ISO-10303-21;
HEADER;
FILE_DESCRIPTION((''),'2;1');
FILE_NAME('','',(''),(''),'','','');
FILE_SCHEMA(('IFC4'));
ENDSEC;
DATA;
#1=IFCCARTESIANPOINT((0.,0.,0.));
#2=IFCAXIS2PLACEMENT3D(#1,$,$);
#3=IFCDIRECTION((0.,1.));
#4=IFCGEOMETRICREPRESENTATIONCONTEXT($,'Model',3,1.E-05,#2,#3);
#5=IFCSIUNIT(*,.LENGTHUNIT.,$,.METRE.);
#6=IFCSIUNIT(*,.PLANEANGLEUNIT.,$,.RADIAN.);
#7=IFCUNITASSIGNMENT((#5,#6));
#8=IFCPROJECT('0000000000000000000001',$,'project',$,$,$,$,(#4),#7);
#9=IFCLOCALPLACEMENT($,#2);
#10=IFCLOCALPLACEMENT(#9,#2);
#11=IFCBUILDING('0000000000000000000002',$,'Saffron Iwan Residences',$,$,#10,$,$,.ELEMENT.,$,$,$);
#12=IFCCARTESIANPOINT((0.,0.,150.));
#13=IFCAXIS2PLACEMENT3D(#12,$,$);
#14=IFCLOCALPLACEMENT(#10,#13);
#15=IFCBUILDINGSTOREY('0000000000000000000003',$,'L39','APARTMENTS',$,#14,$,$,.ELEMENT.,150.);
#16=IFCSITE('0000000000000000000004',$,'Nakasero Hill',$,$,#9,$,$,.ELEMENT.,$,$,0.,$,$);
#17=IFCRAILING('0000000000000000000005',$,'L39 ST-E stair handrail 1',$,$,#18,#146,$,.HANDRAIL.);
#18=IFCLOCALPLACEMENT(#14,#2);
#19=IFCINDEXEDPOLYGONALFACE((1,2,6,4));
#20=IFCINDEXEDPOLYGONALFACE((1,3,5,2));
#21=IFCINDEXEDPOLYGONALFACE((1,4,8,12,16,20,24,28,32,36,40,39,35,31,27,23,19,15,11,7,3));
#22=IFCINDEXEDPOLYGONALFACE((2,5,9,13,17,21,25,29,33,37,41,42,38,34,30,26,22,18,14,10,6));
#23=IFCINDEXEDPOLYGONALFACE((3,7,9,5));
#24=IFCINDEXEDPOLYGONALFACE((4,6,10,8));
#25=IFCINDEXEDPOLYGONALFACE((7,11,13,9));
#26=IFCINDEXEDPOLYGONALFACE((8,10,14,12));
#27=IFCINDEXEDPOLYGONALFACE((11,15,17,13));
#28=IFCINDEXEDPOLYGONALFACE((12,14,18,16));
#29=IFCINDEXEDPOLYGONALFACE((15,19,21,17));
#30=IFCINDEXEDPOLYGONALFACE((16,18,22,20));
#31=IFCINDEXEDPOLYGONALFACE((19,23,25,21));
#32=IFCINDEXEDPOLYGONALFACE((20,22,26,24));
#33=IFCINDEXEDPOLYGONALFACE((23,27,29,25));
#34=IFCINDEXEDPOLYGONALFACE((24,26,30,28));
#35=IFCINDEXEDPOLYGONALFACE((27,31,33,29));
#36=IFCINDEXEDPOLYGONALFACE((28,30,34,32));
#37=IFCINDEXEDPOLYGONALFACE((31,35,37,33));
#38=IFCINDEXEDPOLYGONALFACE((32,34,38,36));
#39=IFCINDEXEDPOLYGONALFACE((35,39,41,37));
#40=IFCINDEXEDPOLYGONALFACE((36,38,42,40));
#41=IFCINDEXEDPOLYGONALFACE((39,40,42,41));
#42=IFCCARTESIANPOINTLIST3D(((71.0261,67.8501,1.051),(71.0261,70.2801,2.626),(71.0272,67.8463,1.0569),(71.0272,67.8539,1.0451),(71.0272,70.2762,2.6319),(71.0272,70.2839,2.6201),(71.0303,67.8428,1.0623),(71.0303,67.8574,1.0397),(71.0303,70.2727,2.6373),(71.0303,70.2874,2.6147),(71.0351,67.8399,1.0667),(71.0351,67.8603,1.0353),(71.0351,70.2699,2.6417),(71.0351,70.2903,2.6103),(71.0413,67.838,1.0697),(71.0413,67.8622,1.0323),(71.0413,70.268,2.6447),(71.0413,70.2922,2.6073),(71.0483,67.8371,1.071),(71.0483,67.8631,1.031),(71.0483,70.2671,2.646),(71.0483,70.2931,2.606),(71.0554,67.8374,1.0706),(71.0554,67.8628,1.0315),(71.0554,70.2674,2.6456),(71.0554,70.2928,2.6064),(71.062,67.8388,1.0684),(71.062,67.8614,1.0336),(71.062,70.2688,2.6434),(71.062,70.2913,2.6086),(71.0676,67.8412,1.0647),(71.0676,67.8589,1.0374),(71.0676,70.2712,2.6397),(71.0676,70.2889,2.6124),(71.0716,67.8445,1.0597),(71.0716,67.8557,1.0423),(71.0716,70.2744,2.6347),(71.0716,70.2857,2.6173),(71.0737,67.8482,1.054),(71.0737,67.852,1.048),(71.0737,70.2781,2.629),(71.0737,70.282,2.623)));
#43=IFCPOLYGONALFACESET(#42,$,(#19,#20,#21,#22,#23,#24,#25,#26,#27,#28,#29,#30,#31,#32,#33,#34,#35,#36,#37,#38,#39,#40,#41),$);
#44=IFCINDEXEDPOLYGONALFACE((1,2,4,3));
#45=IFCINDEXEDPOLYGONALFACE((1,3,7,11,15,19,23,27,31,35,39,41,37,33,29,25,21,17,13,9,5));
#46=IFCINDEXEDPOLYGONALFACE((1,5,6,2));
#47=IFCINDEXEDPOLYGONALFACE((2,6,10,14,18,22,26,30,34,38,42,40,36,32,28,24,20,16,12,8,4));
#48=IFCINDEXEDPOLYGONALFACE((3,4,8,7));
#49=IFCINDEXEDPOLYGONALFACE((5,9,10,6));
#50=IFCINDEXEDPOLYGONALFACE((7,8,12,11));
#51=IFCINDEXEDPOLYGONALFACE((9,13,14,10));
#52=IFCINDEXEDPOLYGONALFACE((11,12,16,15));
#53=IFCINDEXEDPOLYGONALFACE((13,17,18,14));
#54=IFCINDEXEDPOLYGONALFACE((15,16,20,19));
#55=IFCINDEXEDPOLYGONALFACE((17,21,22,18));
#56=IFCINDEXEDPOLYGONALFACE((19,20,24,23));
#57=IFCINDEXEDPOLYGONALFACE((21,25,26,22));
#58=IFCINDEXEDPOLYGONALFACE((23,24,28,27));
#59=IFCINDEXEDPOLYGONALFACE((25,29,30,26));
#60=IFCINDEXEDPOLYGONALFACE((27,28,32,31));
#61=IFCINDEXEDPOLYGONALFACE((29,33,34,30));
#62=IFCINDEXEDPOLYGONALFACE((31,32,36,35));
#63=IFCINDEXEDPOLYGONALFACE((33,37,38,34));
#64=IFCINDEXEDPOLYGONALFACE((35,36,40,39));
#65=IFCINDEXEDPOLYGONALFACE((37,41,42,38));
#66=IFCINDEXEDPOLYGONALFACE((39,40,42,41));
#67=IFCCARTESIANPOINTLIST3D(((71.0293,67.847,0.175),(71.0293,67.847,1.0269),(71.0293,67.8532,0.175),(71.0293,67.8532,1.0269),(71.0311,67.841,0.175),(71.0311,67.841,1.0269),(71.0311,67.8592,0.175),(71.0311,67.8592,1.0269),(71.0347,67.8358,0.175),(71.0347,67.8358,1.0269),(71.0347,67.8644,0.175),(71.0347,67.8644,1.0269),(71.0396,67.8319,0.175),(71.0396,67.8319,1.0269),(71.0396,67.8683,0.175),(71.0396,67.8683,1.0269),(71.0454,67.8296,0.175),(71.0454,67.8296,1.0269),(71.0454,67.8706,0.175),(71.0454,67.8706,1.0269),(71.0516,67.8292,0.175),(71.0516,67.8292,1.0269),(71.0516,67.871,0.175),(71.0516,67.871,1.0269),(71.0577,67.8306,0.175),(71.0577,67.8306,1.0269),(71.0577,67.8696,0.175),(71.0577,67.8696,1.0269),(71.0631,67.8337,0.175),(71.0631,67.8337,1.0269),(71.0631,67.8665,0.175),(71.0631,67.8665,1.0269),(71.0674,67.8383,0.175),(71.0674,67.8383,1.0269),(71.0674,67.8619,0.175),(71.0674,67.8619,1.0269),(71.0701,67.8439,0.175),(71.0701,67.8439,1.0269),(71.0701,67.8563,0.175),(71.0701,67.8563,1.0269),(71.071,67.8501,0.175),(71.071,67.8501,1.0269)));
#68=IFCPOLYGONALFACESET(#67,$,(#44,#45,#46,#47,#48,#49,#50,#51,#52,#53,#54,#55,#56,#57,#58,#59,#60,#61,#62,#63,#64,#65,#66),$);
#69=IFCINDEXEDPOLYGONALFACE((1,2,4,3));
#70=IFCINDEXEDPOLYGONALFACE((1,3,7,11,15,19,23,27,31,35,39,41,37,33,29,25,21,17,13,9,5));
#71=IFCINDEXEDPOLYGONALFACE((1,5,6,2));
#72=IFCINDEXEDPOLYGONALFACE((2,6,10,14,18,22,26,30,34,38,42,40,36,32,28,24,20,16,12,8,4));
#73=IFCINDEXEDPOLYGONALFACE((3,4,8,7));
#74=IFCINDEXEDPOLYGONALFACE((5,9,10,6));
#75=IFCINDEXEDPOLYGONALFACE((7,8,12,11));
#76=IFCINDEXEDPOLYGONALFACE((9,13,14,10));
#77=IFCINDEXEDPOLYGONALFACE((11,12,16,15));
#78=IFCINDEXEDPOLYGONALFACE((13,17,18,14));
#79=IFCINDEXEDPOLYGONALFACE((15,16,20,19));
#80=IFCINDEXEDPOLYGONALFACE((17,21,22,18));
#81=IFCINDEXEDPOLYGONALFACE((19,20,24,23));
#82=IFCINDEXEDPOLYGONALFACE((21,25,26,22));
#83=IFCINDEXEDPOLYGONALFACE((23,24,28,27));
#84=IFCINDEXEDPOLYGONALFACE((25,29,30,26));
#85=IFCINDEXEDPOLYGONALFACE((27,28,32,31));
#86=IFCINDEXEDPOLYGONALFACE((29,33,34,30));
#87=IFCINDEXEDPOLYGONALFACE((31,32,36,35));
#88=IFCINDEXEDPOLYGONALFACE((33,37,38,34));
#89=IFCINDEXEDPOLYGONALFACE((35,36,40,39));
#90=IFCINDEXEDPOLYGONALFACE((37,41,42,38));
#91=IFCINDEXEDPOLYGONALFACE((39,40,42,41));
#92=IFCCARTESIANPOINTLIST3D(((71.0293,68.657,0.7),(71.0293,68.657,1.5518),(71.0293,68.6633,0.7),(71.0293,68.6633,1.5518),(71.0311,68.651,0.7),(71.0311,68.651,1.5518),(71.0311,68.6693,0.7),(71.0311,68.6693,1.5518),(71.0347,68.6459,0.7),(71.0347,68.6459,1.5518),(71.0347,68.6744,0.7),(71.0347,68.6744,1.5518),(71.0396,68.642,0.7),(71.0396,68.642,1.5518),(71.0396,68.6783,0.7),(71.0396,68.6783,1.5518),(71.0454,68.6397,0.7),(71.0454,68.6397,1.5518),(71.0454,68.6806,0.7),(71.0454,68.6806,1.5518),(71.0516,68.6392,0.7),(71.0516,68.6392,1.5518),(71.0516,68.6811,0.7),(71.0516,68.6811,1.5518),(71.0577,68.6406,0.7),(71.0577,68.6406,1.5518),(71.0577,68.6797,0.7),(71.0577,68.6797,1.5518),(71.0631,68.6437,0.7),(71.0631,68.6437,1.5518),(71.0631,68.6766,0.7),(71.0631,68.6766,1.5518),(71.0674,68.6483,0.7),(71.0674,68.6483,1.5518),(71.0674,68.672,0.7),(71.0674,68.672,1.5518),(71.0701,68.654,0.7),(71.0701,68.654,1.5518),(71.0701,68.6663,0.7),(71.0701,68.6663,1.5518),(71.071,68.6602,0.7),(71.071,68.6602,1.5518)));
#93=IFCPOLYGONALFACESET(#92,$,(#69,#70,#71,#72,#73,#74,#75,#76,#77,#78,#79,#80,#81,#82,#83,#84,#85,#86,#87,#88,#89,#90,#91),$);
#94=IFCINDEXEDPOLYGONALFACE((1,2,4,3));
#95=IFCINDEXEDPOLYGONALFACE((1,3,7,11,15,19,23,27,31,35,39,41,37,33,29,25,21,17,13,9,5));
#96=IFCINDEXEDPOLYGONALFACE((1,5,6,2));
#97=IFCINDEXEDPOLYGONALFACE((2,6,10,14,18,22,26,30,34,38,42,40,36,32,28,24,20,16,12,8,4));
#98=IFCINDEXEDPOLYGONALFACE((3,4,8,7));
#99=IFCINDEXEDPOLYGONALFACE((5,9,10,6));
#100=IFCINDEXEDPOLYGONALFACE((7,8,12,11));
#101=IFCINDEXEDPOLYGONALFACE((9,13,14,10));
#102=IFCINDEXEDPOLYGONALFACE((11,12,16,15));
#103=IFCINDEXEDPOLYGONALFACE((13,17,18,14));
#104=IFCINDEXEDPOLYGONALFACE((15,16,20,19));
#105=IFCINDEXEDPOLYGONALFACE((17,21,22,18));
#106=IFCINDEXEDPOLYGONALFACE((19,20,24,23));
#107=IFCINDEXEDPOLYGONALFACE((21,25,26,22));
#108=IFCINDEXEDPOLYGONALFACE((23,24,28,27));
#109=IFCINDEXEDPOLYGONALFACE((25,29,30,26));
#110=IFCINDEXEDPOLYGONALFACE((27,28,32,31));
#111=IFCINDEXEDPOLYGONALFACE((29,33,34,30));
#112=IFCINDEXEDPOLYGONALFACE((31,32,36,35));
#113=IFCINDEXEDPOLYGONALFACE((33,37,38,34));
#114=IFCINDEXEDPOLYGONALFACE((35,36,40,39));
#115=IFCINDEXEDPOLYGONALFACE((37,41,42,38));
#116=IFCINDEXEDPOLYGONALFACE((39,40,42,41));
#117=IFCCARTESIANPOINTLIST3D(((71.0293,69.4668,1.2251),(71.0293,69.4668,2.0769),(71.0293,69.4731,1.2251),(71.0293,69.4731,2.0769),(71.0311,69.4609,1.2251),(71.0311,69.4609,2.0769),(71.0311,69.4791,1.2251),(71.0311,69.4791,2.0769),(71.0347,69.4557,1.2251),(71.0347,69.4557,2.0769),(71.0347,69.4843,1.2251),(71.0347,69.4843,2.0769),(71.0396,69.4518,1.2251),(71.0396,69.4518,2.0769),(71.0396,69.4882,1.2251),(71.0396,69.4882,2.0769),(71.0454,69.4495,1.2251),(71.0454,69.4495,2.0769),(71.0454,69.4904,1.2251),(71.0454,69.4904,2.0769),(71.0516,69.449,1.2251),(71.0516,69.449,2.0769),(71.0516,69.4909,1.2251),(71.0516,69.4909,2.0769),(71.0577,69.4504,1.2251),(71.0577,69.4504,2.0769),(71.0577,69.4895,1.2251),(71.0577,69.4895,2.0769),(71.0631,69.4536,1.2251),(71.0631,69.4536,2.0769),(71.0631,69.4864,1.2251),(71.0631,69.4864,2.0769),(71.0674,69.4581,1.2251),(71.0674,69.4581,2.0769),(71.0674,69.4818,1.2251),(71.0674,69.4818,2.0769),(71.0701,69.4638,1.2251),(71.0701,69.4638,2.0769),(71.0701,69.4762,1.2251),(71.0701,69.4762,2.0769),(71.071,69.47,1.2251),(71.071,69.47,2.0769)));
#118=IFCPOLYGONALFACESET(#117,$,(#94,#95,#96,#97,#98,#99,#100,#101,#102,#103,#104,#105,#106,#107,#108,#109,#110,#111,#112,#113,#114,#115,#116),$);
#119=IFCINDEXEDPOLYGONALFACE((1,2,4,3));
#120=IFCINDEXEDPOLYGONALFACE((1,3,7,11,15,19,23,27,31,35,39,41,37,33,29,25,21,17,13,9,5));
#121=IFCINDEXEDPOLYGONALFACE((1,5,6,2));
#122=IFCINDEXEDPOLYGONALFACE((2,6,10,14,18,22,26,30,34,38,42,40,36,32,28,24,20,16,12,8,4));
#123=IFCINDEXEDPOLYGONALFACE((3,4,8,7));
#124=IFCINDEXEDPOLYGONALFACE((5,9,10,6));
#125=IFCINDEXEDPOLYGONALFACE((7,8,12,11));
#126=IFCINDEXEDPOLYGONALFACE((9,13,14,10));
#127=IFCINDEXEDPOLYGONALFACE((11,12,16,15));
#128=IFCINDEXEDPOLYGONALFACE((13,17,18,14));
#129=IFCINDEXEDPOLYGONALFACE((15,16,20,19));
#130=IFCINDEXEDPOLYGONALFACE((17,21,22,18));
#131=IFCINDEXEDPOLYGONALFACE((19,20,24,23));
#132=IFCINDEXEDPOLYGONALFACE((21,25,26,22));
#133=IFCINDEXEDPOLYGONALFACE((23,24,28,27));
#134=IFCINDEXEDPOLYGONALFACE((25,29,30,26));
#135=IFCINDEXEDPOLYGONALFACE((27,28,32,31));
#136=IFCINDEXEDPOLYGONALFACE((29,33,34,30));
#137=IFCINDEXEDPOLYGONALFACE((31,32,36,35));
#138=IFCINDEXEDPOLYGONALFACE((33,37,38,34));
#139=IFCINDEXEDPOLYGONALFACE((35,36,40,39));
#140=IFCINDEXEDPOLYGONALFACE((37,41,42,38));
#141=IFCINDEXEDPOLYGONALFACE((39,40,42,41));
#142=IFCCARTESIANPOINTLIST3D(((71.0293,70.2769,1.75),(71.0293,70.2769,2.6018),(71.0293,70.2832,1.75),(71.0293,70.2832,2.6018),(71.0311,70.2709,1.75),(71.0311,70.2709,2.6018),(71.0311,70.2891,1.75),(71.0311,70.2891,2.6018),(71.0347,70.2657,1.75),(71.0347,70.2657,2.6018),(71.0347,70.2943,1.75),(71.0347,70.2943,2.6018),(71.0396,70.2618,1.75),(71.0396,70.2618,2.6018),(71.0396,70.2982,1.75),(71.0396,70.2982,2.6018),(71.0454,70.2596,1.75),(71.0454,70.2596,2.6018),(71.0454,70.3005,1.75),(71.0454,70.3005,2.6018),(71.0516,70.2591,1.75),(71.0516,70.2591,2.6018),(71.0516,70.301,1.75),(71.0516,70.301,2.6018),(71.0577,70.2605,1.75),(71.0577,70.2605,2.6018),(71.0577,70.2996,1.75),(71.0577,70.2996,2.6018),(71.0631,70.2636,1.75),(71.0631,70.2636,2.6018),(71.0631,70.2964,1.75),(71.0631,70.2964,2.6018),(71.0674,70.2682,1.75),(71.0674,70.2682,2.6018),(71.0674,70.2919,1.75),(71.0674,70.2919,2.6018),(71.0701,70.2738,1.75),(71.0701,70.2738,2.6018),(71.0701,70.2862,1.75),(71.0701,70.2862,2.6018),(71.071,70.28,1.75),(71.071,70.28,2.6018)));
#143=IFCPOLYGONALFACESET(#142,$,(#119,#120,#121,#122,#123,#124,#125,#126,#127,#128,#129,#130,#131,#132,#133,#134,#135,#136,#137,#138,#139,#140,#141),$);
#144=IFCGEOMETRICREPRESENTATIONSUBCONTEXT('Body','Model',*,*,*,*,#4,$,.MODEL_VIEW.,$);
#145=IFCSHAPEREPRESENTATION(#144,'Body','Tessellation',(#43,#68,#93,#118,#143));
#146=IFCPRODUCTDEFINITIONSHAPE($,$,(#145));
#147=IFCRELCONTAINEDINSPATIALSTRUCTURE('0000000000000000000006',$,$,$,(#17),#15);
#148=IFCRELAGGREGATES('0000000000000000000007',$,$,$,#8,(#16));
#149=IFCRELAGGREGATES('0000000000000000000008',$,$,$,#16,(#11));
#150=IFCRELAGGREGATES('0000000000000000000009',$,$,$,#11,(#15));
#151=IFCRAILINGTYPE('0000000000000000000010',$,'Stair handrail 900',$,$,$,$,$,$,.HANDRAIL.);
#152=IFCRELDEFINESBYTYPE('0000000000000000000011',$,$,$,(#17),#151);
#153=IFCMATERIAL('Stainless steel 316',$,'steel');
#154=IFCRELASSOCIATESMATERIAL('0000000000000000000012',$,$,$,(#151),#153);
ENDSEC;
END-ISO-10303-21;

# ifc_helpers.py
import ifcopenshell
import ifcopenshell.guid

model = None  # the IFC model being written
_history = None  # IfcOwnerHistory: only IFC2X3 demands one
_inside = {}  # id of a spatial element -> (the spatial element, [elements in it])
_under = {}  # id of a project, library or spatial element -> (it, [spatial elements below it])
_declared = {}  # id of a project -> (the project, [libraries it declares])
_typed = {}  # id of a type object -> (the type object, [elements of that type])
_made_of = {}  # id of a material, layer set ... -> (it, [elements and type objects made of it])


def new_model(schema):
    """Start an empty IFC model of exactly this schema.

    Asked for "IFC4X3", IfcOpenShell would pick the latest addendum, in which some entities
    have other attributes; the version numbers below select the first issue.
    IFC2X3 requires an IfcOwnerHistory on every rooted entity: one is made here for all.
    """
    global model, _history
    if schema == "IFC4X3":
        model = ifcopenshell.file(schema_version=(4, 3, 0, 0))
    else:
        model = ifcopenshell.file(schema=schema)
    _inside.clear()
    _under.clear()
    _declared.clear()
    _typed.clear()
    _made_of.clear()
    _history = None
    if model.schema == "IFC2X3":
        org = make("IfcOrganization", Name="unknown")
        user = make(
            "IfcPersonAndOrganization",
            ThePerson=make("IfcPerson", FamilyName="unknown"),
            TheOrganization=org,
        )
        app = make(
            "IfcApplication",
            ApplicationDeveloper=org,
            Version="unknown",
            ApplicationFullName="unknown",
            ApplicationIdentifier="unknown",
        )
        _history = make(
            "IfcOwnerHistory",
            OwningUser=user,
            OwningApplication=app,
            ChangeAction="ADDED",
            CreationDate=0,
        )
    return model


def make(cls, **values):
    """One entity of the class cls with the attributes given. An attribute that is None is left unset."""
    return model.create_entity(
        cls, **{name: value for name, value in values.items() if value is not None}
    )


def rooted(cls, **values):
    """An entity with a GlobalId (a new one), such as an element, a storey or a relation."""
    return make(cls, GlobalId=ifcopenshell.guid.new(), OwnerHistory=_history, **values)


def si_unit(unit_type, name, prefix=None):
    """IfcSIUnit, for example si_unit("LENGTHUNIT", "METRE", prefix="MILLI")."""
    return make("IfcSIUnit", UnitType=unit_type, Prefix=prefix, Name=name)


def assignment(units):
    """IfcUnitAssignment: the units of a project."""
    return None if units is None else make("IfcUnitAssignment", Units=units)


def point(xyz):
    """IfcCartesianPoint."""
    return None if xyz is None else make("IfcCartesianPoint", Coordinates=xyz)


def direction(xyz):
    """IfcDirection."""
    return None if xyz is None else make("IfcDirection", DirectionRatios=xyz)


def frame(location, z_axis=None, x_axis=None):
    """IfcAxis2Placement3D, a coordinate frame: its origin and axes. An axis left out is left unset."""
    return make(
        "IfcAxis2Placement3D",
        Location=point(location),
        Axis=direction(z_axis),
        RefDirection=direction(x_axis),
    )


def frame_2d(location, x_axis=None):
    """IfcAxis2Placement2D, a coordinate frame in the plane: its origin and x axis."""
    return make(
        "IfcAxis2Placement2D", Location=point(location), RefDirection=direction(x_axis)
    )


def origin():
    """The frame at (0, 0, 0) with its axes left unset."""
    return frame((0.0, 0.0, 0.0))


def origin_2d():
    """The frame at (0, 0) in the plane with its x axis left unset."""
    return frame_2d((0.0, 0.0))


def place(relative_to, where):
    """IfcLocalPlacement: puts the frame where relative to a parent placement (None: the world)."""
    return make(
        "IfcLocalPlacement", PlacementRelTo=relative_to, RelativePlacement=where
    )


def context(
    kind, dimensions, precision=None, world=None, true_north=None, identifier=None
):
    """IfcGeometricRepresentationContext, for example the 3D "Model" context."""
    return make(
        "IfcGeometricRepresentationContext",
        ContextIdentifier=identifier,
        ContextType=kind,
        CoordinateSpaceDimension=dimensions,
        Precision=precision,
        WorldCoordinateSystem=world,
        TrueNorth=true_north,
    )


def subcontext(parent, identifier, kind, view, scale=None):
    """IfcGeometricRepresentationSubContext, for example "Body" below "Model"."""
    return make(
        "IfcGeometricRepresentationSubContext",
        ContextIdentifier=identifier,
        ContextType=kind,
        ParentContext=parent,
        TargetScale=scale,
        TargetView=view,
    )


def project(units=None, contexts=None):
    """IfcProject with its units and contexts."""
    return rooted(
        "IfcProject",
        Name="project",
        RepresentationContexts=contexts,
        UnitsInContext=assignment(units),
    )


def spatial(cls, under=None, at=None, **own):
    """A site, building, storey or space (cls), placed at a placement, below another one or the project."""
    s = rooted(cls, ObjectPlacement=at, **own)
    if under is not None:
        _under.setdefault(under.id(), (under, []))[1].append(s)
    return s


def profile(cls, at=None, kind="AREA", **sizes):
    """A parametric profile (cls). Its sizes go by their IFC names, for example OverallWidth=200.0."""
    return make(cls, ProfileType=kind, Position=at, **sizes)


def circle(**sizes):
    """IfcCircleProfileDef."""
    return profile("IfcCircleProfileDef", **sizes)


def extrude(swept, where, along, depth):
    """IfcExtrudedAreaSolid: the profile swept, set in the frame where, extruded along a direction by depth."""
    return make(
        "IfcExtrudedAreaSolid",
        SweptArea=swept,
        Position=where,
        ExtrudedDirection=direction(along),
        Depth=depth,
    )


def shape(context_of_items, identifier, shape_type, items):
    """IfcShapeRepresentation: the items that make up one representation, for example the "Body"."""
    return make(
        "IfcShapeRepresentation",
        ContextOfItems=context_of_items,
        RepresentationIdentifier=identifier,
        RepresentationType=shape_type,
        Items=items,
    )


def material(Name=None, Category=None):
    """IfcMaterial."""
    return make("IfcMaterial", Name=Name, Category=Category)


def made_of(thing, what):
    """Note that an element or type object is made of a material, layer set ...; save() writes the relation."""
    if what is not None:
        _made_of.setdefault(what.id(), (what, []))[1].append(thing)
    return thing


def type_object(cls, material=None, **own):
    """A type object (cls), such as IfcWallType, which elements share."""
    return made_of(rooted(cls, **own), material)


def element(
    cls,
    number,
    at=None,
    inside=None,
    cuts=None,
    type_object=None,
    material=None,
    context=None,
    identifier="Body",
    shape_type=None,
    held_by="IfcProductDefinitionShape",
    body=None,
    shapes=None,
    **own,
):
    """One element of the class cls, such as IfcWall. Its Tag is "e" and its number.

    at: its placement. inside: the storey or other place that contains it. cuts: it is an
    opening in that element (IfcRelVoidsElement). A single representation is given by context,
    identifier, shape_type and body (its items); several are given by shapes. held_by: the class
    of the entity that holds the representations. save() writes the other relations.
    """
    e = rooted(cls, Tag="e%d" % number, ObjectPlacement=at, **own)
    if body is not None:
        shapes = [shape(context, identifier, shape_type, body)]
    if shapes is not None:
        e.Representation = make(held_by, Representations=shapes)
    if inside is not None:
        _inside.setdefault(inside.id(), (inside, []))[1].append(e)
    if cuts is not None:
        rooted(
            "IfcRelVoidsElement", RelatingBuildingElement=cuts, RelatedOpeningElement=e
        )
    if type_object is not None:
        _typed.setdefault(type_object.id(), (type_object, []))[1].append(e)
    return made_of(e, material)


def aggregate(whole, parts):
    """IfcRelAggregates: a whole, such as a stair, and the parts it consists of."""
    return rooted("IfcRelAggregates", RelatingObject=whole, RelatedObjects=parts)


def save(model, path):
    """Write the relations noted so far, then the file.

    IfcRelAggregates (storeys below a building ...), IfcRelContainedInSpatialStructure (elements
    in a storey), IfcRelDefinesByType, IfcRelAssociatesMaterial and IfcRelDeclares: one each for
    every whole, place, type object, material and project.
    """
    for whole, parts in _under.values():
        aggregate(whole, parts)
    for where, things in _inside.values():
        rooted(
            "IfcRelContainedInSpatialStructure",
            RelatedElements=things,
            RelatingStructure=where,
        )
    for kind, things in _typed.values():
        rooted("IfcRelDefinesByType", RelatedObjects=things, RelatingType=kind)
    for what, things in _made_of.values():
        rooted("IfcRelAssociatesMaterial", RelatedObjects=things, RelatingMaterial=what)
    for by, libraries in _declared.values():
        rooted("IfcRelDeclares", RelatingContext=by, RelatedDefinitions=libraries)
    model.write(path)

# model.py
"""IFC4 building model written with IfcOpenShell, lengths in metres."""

from ifc_helpers import new_model, si_unit, direction, frame, origin, origin_2d, place, context, subcontext, project, spatial, circle, extrude, material, type_object, element, save


model = new_model("IFC4")

# Units and contexts
model_context = context("Model", 3, precision=1e-05, world=origin(), true_north=direction((0.0, 1.0)))
body_context = subcontext(model_context, "Body", "Model", "MODEL_VIEW")
ifc_project = project(units=[si_unit("LENGTHUNIT", "METRE"), si_unit("PLANEANGLEUNIT", "RADIAN")], contexts=[model_context])

# Site, building, storey
site_placement = place(None, origin())
site = spatial("IfcSite", under=ifc_project, at=site_placement, Name="Nakasero Hill", CompositionType="ELEMENT", RefElevation=0.0)
building_placement = place(site_placement, origin())
building = spatial("IfcBuilding", under=site, at=building_placement, Name="Saffron Iwan Residences", CompositionType="ELEMENT")
storey_placement = place(building_placement, frame((0.0, 0.0, 150.0)))
storey = spatial("IfcBuildingStorey", under=building, at=storey_placement, Name="L39", Description="APARTMENTS", CompositionType="ELEMENT", Elevation=150.0)

# Railing
ifc_material_1 = material(Name="Stainless steel 316", Category="steel")
railing_type_1 = type_object("IfcRailingType", Name="Stair handrail 900", PredefinedType="HANDRAIL", material=ifc_material_1)
railing_1_placement = place(storey_placement, frame((71.05, 67.8501, 0.175)))
element("IfcRailing", 1, at=railing_1_placement, inside=storey, type_object=railing_type_1, Name="L39 ST-E stair handrail 1", PredefinedType="HANDRAIL", context=body_context, shape_type="SweptSolid", body=[
    extrude(circle(Radius=0.0239, at=origin_2d()), frame((0.0, 0.0, 0.876), z_axis=(0.0, 0.839154, 0.543894), x_axis=(-1.0, 0.0, 0.0)), (0.0, 0.0, 1.0), 2.8958),
    extrude(circle(Radius=0.021, at=origin_2d()), origin(), (0.0, 0.0, 1.0), 0.8518),
    extrude(circle(Radius=0.021, at=origin_2d()), frame((0.0, 0.8101, 0.5249)), (0.0, 0.0, 1.0), 0.8518),
    extrude(circle(Radius=0.021, at=origin_2d()), frame((0.0, 1.6199, 1.05)), (0.0, 0.0, 1.0), 0.8518),
    extrude(circle(Radius=0.021, at=origin_2d()), frame((0.0, 2.4299, 1.575)), (0.0, 0.0, 1.0), 0.8518),
])

save(model, "model.ifc")
